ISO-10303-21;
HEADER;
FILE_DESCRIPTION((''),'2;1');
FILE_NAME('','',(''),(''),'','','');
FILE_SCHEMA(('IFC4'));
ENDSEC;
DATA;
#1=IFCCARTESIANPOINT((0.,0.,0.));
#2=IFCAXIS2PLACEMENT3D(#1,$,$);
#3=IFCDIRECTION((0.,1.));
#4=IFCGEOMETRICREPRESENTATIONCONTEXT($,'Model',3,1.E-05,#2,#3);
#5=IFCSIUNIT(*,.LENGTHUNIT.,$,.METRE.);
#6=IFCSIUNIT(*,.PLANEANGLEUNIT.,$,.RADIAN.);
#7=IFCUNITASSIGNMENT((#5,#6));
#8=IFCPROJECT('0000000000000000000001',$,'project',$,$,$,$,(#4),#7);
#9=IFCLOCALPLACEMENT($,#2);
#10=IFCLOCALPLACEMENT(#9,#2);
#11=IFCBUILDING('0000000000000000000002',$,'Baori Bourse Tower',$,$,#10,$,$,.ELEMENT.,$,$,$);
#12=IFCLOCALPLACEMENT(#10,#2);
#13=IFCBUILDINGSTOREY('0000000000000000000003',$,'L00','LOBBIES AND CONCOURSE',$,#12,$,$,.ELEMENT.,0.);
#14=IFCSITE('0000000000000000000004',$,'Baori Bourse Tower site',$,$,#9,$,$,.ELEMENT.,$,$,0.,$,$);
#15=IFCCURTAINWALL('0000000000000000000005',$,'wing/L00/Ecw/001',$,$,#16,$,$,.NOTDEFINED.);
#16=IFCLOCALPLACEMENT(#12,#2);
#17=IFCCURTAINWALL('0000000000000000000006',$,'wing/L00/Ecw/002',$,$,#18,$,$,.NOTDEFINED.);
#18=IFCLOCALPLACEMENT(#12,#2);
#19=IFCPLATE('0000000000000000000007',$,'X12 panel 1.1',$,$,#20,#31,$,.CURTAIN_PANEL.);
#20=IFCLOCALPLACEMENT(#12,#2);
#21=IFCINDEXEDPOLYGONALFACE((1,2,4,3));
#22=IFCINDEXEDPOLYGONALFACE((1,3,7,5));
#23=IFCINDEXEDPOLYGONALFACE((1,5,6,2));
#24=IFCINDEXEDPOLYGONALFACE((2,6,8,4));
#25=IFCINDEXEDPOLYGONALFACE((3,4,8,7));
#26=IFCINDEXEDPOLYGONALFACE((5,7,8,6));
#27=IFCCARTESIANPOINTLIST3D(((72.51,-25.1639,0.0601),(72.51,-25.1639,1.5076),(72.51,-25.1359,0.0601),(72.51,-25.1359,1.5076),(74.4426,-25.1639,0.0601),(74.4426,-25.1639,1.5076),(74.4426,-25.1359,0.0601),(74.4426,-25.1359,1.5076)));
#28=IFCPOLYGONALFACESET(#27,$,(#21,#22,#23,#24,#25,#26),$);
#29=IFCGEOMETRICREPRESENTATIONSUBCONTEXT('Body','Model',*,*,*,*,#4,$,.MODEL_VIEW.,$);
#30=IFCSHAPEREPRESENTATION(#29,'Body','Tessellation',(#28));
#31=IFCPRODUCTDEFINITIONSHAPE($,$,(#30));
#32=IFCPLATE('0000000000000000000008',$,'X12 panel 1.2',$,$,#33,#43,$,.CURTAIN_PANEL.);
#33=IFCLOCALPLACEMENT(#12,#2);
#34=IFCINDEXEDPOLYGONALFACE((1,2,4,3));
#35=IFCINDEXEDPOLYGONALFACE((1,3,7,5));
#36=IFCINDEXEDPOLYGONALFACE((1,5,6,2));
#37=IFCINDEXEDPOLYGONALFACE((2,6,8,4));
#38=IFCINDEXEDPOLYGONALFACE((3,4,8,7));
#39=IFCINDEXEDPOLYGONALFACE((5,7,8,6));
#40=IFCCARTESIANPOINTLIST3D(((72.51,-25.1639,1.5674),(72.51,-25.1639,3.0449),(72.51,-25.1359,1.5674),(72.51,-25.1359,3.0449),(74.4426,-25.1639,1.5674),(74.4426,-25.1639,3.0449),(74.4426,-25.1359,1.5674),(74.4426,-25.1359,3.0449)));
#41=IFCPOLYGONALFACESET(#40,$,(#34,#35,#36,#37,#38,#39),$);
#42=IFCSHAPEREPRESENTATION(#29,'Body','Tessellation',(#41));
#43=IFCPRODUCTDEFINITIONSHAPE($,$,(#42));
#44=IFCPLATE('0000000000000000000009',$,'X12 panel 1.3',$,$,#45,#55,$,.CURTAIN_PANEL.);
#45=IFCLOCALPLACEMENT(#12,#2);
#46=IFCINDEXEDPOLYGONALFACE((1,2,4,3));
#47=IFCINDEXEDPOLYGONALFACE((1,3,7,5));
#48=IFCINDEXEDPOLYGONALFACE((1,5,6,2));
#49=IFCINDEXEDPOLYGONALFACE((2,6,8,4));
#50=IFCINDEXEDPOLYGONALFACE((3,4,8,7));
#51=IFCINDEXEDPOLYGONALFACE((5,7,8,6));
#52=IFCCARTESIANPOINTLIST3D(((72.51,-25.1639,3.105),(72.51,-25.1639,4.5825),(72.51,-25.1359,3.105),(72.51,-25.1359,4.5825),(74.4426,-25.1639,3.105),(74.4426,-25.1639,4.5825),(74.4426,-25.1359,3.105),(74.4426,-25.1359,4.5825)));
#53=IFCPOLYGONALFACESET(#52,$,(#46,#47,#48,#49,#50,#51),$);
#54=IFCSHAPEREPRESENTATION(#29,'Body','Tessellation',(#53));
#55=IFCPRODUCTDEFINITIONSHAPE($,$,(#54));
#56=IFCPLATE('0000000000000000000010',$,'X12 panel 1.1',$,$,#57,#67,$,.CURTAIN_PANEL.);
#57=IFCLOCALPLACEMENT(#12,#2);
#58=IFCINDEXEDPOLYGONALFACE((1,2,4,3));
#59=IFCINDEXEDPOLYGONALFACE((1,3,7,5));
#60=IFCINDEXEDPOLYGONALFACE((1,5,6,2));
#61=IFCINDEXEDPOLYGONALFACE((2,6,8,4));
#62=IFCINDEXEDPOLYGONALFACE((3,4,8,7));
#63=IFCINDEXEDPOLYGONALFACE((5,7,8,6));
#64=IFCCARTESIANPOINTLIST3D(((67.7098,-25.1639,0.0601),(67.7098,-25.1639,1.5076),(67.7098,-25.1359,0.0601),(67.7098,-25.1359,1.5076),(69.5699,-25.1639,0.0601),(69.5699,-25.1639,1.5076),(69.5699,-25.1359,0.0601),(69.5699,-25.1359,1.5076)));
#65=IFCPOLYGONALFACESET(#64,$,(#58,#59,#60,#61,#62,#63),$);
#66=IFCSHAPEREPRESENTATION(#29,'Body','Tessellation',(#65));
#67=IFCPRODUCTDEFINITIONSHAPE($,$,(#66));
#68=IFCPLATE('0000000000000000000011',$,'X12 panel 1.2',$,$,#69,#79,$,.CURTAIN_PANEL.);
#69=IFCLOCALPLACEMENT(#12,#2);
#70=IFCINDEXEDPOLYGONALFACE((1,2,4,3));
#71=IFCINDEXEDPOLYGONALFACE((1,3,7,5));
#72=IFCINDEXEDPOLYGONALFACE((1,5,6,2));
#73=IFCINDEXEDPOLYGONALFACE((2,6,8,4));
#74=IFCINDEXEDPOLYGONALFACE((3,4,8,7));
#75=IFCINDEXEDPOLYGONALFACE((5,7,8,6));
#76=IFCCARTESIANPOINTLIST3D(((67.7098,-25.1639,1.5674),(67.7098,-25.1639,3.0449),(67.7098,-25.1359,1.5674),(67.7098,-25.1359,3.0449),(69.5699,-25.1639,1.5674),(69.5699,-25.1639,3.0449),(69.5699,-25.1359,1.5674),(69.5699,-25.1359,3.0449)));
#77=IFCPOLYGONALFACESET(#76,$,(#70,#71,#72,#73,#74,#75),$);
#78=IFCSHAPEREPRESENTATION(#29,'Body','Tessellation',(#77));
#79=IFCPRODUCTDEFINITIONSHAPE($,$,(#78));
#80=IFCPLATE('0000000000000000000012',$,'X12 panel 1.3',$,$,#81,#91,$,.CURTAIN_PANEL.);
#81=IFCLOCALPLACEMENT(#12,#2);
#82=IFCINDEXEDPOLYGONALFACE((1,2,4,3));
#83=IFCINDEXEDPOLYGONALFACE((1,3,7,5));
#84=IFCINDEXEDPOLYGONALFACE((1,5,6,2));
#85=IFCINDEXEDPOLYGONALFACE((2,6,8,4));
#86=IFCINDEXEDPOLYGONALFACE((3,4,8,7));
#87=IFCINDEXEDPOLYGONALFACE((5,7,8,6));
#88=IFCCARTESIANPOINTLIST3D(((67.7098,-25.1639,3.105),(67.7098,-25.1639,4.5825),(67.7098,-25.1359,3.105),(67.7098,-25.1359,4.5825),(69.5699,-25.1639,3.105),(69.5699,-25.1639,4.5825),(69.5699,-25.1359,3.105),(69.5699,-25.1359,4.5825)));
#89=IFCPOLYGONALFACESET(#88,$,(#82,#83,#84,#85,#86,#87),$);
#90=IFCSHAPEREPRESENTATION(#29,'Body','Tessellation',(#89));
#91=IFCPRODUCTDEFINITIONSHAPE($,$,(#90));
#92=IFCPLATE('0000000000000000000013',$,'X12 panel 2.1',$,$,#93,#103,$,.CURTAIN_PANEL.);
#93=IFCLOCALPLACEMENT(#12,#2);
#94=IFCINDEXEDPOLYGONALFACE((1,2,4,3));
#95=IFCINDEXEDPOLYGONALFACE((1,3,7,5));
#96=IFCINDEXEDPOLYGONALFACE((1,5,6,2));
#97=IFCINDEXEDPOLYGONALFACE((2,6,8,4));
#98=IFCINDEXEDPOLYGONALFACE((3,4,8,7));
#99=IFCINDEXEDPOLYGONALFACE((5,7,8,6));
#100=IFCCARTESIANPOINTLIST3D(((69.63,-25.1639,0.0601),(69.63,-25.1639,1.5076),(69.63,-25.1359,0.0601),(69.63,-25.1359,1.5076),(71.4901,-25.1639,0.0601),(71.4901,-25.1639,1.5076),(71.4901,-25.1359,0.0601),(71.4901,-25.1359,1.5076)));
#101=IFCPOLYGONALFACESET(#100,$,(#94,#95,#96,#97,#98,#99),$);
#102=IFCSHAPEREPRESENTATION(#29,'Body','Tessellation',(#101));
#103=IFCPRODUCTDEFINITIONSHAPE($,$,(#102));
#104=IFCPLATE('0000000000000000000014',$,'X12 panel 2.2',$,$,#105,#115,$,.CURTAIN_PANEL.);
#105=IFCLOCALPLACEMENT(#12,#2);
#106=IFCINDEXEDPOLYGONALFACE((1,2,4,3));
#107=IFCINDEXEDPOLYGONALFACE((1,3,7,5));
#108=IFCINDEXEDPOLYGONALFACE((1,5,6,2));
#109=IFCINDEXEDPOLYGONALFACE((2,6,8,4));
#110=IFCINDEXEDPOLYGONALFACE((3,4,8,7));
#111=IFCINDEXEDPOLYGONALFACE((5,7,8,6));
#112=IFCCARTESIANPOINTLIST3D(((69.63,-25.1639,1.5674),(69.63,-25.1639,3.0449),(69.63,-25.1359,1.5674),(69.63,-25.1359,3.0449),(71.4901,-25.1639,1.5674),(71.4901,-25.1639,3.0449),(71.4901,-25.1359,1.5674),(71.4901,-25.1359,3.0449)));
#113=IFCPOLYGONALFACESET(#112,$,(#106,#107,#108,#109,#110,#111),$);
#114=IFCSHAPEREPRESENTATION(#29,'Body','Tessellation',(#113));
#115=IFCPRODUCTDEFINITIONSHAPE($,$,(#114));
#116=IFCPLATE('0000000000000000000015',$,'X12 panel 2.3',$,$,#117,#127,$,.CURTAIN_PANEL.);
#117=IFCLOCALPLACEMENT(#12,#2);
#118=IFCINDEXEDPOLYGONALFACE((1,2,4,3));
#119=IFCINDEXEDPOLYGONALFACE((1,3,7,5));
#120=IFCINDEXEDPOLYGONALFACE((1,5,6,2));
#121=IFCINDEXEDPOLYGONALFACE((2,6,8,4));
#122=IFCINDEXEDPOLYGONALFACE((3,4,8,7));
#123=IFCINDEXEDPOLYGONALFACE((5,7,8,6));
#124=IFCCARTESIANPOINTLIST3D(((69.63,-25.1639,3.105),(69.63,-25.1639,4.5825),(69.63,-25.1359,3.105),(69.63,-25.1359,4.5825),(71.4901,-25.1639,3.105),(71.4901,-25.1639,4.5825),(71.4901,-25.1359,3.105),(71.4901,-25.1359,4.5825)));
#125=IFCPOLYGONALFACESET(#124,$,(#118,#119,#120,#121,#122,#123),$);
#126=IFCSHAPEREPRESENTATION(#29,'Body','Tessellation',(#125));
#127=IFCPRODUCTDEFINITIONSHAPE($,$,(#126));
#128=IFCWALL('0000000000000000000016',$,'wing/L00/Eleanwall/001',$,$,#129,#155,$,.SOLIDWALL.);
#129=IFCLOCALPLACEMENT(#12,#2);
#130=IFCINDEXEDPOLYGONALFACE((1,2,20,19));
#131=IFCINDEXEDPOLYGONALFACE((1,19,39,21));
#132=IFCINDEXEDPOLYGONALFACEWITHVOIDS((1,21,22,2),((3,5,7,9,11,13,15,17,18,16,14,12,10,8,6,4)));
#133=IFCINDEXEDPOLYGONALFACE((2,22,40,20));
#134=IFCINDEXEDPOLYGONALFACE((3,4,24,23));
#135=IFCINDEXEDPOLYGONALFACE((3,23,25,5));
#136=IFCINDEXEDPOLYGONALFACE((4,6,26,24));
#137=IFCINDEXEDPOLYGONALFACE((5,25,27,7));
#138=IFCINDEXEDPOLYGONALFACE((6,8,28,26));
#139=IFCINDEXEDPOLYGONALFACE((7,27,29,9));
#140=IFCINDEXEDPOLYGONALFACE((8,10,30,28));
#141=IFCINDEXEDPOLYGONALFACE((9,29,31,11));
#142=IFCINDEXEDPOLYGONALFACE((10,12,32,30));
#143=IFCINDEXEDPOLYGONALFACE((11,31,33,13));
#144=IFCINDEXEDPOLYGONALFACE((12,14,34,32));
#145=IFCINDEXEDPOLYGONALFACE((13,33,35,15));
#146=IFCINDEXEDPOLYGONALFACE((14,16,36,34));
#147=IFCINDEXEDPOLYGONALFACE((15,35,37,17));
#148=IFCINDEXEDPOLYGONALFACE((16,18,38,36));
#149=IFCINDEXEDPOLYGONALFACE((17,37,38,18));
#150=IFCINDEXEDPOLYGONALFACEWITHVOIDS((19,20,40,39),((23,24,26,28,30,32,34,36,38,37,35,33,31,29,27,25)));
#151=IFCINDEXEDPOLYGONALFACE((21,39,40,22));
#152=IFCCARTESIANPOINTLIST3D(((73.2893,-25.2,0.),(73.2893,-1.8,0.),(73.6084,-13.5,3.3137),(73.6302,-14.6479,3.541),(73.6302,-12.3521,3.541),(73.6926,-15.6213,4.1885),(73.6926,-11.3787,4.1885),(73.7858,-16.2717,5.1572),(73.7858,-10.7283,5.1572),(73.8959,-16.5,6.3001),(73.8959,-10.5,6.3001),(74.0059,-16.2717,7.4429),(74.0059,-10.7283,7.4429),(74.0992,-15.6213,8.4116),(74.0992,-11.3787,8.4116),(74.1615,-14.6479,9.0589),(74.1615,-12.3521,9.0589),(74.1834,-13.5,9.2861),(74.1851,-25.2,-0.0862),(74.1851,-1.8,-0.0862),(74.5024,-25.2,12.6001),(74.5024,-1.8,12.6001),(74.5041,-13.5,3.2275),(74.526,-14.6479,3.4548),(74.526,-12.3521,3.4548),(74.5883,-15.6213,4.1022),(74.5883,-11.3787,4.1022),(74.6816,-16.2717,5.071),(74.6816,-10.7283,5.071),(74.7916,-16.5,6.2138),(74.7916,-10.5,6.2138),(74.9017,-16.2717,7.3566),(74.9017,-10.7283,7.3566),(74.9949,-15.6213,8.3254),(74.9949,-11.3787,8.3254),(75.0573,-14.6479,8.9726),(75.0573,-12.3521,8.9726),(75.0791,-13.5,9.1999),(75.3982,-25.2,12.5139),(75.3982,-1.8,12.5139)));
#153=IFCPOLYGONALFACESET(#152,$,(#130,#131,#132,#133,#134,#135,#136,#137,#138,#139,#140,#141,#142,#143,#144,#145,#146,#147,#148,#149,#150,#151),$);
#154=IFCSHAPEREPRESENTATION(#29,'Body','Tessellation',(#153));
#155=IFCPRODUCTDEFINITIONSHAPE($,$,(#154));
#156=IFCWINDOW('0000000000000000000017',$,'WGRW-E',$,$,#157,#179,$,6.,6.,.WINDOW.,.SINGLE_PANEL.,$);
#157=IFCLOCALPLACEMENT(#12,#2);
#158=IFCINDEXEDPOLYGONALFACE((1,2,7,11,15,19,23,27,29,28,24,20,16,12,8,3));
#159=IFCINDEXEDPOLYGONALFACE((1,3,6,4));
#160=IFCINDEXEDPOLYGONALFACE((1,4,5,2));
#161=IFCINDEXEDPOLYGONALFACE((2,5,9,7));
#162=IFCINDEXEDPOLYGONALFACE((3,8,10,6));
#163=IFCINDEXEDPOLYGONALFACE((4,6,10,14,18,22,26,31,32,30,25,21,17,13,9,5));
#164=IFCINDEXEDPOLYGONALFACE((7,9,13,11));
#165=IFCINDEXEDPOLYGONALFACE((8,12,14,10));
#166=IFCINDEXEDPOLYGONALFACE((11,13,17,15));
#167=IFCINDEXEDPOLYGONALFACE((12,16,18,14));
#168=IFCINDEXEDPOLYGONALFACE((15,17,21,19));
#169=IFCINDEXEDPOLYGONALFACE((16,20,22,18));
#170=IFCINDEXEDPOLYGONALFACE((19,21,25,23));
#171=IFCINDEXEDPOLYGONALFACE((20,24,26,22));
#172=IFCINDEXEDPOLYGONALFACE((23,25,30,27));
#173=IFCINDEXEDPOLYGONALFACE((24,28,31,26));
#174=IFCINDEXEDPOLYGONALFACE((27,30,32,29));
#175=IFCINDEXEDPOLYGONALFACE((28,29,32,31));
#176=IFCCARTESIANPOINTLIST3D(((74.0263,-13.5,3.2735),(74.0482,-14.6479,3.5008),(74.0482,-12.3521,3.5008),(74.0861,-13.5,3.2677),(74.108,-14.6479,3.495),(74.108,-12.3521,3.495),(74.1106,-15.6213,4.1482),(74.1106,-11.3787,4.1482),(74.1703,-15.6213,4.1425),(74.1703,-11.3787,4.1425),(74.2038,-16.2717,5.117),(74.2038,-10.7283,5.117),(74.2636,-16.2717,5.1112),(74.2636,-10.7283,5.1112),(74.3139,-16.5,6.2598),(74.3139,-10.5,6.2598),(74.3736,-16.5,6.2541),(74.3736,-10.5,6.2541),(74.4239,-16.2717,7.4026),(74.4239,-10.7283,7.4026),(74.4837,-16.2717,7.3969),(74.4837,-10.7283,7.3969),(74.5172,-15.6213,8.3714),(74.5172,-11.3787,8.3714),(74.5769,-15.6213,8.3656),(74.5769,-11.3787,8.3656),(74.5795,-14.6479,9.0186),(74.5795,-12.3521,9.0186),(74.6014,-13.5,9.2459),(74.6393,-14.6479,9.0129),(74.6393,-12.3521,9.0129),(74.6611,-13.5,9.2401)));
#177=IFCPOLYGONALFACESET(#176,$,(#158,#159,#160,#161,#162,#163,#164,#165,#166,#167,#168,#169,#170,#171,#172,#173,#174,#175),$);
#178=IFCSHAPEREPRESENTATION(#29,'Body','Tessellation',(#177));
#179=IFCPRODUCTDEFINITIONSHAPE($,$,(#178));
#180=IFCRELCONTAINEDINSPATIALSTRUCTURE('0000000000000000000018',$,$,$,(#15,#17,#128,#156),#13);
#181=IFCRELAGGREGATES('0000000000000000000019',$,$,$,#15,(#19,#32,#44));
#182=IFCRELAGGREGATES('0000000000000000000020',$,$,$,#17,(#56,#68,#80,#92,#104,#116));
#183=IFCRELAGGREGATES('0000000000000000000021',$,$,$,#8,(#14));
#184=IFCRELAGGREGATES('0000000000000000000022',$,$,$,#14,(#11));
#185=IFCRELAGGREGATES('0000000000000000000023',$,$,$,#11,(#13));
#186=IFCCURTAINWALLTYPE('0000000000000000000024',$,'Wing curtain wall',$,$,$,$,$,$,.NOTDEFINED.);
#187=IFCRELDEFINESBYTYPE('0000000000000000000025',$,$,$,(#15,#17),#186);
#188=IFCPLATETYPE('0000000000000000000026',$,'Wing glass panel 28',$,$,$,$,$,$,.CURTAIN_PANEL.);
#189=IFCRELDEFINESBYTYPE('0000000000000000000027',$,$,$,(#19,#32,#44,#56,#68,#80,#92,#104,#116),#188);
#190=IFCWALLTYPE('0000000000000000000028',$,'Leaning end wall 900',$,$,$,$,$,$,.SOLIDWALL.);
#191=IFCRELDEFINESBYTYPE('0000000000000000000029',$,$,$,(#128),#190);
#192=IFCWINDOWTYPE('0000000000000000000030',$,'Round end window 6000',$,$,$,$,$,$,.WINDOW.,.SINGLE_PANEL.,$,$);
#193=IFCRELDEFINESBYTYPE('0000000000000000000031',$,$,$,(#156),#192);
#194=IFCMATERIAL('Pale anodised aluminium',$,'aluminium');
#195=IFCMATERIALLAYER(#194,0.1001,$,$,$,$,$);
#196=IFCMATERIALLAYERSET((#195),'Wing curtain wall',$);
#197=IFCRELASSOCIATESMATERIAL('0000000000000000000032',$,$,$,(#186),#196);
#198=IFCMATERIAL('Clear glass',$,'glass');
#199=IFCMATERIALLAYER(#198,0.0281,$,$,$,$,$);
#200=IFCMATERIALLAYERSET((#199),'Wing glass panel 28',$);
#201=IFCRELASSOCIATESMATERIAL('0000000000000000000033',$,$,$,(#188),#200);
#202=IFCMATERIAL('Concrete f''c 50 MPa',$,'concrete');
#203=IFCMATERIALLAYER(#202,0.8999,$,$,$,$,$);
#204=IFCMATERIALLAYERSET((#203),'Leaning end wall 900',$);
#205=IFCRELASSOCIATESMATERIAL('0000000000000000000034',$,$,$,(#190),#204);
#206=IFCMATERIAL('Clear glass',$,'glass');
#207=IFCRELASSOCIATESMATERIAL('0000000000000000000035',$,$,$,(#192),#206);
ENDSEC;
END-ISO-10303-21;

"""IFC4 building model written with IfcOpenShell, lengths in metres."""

from ifc_helpers import new_model, si_unit, direction, frame, origin, origin_2d, place, context, subcontext, project, spatial, polyline, rectangle, outline, extrude, material, layer, layer_set, type_object, element, fill, aggregate, save


model = new_model("IFC4")

# Units and contexts
model_context = context("Model", 3, precision=1e-05, world=origin(), true_north=direction((0.0, 1.0)))
body_context = subcontext(model_context, "Body", "Model", "MODEL_VIEW")
ifc_project = project(units=[si_unit("LENGTHUNIT", "METRE"), si_unit("PLANEANGLEUNIT", "RADIAN")], contexts=[model_context])

# Site, building, storey
site_placement = place(None, origin())
site = spatial("IfcSite", under=ifc_project, at=site_placement, Name="Baori Bourse Tower site", CompositionType="ELEMENT", RefElevation=0.0)
building_placement = place(site_placement, origin())
building = spatial("IfcBuilding", under=site, at=building_placement, Name="Baori Bourse Tower", CompositionType="ELEMENT")
storey_placement = place(building_placement, origin())
storey = spatial("IfcBuildingStorey", under=building, at=storey_placement, Name="L00", Description="LOBBIES AND CONCOURSE", CompositionType="ELEMENT", Elevation=0.0)

# Curtain walls
ifc_material_1 = material(Name="Pale anodised aluminium", Category="aluminium")
ifc_layer_1 = layer(ifc_material_1, 0.1001)
ifc_layer_set_1 = layer_set([ifc_layer_1], Name="Wing curtain wall")
curtain_wall_type = type_object("IfcCurtainWallType", Name="Wing curtain wall", PredefinedType="NOTDEFINED", material=ifc_layer_set_1)
curtain_wall_1_placement = place(storey_placement, origin())
curtain_wall_1 = element("IfcCurtainWall", 1, at=curtain_wall_1_placement, inside=storey, type_object=curtain_wall_type, Name="wing/L00/Ecw/001", PredefinedType="NOTDEFINED")
curtain_wall_2_placement = place(storey_placement, origin())
curtain_wall_2 = element("IfcCurtainWall", 2, at=curtain_wall_2_placement, inside=storey, type_object=curtain_wall_type, Name="wing/L00/Ecw/002", PredefinedType="NOTDEFINED")

# Plates
ifc_material_2 = material(Name="Clear glass", Category="glass")
ifc_layer_2 = layer(ifc_material_2, 0.0281)
ifc_layer_set_2 = layer_set([ifc_layer_2], Name="Wing glass panel 28")
plate_type = type_object("IfcPlateType", Name="Wing glass panel 28", PredefinedType="CURTAIN_PANEL", material=ifc_layer_set_2)
plate_1_placement = place(storey_placement, frame((73.4763, -25.1499, 0.0601), z_axis=(0.0, 0.0, 1.0), x_axis=(1.0, 0.0, 0.0)))
plate_1 = element("IfcPlate", 3, at=plate_1_placement, type_object=plate_type, Name="X12 panel 1.1", PredefinedType="CURTAIN_PANEL", context=body_context, shape_type="SweptSolid", body=[
    extrude(rectangle(XDim=1.9326, YDim=0.0281, at=origin_2d()), origin(), (0.0, 0.0, 1.0), 1.4475),
])
plate_2_placement = place(storey_placement, frame((73.4763, -25.1499, 1.5674), z_axis=(0.0, 0.0, 1.0), x_axis=(1.0, 0.0, 0.0)))
plate_2 = element("IfcPlate", 4, at=plate_2_placement, type_object=plate_type, Name="X12 panel 1.2", PredefinedType="CURTAIN_PANEL", context=body_context, shape_type="SweptSolid", body=[
    extrude(rectangle(XDim=1.9326, YDim=0.0281, at=origin_2d()), origin(), (0.0, 0.0, 1.0), 1.4775),
])
plate_3_placement = place(storey_placement, frame((73.4763, -25.1499, 3.105), z_axis=(0.0, 0.0, 1.0), x_axis=(1.0, 0.0, 0.0)))
plate_3 = element("IfcPlate", 5, at=plate_3_placement, type_object=plate_type, Name="X12 panel 1.3", PredefinedType="CURTAIN_PANEL", context=body_context, shape_type="SweptSolid", body=[
    extrude(rectangle(XDim=1.9326, YDim=0.0281, at=origin_2d()), origin(), (0.0, 0.0, 1.0), 1.4775),
])
aggregate(curtain_wall_1, [plate_1, plate_2, plate_3])
plate_4_placement = place(storey_placement, frame((68.6399, -25.1499, 0.0601), z_axis=(0.0, 0.0, 1.0), x_axis=(1.0, 0.0, 0.0)))
plate_4 = element("IfcPlate", 6, at=plate_4_placement, type_object=plate_type, Name="X12 panel 1.1", PredefinedType="CURTAIN_PANEL", context=body_context, shape_type="SweptSolid", body=[
    extrude(rectangle(XDim=1.8601, YDim=0.0281, at=origin_2d()), origin(), (0.0, 0.0, 1.0), 1.4475),
])
plate_5_placement = place(storey_placement, frame((68.6399, -25.1499, 1.5674), z_axis=(0.0, 0.0, 1.0), x_axis=(1.0, 0.0, 0.0)))
plate_5 = element("IfcPlate", 7, at=plate_5_placement, type_object=plate_type, Name="X12 panel 1.2", PredefinedType="CURTAIN_PANEL", context=body_context, shape_type="SweptSolid", body=[
    extrude(rectangle(XDim=1.8601, YDim=0.0281, at=origin_2d()), origin(), (0.0, 0.0, 1.0), 1.4775),
])
plate_6_placement = place(storey_placement, frame((68.6399, -25.1499, 3.105), z_axis=(0.0, 0.0, 1.0), x_axis=(1.0, 0.0, 0.0)))
plate_6 = element("IfcPlate", 8, at=plate_6_placement, type_object=plate_type, Name="X12 panel 1.3", PredefinedType="CURTAIN_PANEL", context=body_context, shape_type="SweptSolid", body=[
    extrude(rectangle(XDim=1.8601, YDim=0.0281, at=origin_2d()), origin(), (0.0, 0.0, 1.0), 1.4775),
])
plate_7_placement = place(storey_placement, frame((70.5601, -25.1499, 0.0601), z_axis=(0.0, 0.0, 1.0), x_axis=(1.0, 0.0, 0.0)))
plate_7 = element("IfcPlate", 9, at=plate_7_placement, type_object=plate_type, Name="X12 panel 2.1", PredefinedType="CURTAIN_PANEL", context=body_context, shape_type="SweptSolid", body=[
    extrude(rectangle(XDim=1.8601, YDim=0.0281, at=origin_2d()), origin(), (0.0, 0.0, 1.0), 1.4475),
])
plate_8_placement = place(storey_placement, frame((70.5601, -25.1499, 1.5674), z_axis=(0.0, 0.0, 1.0), x_axis=(1.0, 0.0, 0.0)))
plate_8 = element("IfcPlate", 10, at=plate_8_placement, type_object=plate_type, Name="X12 panel 2.2", PredefinedType="CURTAIN_PANEL", context=body_context, shape_type="SweptSolid", body=[
    extrude(rectangle(XDim=1.8601, YDim=0.0281, at=origin_2d()), origin(), (0.0, 0.0, 1.0), 1.4775),
])
plate_9_placement = place(storey_placement, frame((70.5601, -25.1499, 3.105), z_axis=(0.0, 0.0, 1.0), x_axis=(1.0, 0.0, 0.0)))
plate_9 = element("IfcPlate", 11, at=plate_9_placement, type_object=plate_type, Name="X12 panel 2.3", PredefinedType="CURTAIN_PANEL", context=body_context, shape_type="SweptSolid", body=[
    extrude(rectangle(XDim=1.8601, YDim=0.0281, at=origin_2d()), origin(), (0.0, 0.0, 1.0), 1.4775),
])
aggregate(curtain_wall_2, [plate_4, plate_5, plate_6, plate_7, plate_8, plate_9])

# Wall, opening, window
ifc_material_3 = material(Name="Concrete f'c 50 MPa", Category="concrete")
ifc_layer_3 = layer(ifc_material_3, 0.8999)
ifc_layer_set_3 = layer_set([ifc_layer_3], Name="Leaning end wall 900")
wall_type = type_object("IfcWallType", Name="Leaning end wall 900", PredefinedType="SOLIDWALL", material=ifc_layer_set_3)
wall_placement = place(storey_placement, frame((73.2893, -25.2, 0.0), z_axis=(-0.995397, 0.0, 0.095837), x_axis=(0.0, 1.0, 0.0)))
wall = element("IfcWall", 12, at=wall_placement, inside=storey, type_object=wall_type, Name="wing/L00/Eleanwall/001", PredefinedType="SOLIDWALL", context=body_context, shape_type="SweptSolid", body=[
    extrude(outline(polyline([(0.0, 0.0), (23.3999, 0.0), (23.3999, -12.6584), (0.0, -12.6584), (0.0, 0.0)])), origin(), (0.0, 0.0, -1.0), 0.8999),
])
opening_placement = place(wall_placement, frame((0.0, 0.0, 0.01)))
opening = element("IfcOpeningElement", 13, at=opening_placement, cuts=wall, PredefinedType="OPENING", context=body_context, shape_type="SweptSolid", body=[
    extrude(outline(polyline([(14.7, -6.3292), (14.4717, -7.4773), (13.8213, -8.4505), (12.8479, -9.1007), (11.7, -9.3291), (10.552, -9.1007), (9.5786, -8.4505), (8.9282, -7.4773), (8.7, -6.3292), (8.9282, -5.1811), (9.5786, -4.2079), (10.552, -3.5574), (11.7, -3.329), (12.8479, -3.5574), (13.8213, -4.2079), (14.4717, -5.1811), (14.7, -6.3292)])), origin(), (0.0, 0.0, -1.0), 0.9199),
])
ifc_material_4 = material(Name="Clear glass", Category="glass")
window_type = type_object("IfcWindowType", Name="Round end window 6000", PartitioningType="SINGLE_PANEL", PredefinedType="WINDOW", material=ifc_material_4)
window_placement = place(opening_placement, frame((0.0, 0.0, -0.4299)))
window = element("IfcWindow", 14, at=window_placement, inside=storey, type_object=window_type, Name="WGRW-E", OverallHeight=6.0, OverallWidth=6.0, PartitioningType="SINGLE_PANEL", PredefinedType="WINDOW", context=body_context, shape_type="SweptSolid", body=[
    extrude(outline(polyline([(14.7, -6.3292), (14.4717, -7.4773), (13.8213, -8.4505), (12.8479, -9.1007), (11.7, -9.3291), (10.552, -9.1007), (9.5786, -8.4505), (8.9282, -7.4773), (8.7, -6.3292), (8.9282, -5.1811), (9.5786, -4.2079), (10.552, -3.5574), (11.7, -3.329), (12.8479, -3.5574), (13.8213, -4.2079), (14.4717, -5.1811), (14.7, -6.3292)])), origin(), (0.0, 0.0, -1.0), 0.0601),
])
fill(opening, window)

save(model, "model.ifc")
